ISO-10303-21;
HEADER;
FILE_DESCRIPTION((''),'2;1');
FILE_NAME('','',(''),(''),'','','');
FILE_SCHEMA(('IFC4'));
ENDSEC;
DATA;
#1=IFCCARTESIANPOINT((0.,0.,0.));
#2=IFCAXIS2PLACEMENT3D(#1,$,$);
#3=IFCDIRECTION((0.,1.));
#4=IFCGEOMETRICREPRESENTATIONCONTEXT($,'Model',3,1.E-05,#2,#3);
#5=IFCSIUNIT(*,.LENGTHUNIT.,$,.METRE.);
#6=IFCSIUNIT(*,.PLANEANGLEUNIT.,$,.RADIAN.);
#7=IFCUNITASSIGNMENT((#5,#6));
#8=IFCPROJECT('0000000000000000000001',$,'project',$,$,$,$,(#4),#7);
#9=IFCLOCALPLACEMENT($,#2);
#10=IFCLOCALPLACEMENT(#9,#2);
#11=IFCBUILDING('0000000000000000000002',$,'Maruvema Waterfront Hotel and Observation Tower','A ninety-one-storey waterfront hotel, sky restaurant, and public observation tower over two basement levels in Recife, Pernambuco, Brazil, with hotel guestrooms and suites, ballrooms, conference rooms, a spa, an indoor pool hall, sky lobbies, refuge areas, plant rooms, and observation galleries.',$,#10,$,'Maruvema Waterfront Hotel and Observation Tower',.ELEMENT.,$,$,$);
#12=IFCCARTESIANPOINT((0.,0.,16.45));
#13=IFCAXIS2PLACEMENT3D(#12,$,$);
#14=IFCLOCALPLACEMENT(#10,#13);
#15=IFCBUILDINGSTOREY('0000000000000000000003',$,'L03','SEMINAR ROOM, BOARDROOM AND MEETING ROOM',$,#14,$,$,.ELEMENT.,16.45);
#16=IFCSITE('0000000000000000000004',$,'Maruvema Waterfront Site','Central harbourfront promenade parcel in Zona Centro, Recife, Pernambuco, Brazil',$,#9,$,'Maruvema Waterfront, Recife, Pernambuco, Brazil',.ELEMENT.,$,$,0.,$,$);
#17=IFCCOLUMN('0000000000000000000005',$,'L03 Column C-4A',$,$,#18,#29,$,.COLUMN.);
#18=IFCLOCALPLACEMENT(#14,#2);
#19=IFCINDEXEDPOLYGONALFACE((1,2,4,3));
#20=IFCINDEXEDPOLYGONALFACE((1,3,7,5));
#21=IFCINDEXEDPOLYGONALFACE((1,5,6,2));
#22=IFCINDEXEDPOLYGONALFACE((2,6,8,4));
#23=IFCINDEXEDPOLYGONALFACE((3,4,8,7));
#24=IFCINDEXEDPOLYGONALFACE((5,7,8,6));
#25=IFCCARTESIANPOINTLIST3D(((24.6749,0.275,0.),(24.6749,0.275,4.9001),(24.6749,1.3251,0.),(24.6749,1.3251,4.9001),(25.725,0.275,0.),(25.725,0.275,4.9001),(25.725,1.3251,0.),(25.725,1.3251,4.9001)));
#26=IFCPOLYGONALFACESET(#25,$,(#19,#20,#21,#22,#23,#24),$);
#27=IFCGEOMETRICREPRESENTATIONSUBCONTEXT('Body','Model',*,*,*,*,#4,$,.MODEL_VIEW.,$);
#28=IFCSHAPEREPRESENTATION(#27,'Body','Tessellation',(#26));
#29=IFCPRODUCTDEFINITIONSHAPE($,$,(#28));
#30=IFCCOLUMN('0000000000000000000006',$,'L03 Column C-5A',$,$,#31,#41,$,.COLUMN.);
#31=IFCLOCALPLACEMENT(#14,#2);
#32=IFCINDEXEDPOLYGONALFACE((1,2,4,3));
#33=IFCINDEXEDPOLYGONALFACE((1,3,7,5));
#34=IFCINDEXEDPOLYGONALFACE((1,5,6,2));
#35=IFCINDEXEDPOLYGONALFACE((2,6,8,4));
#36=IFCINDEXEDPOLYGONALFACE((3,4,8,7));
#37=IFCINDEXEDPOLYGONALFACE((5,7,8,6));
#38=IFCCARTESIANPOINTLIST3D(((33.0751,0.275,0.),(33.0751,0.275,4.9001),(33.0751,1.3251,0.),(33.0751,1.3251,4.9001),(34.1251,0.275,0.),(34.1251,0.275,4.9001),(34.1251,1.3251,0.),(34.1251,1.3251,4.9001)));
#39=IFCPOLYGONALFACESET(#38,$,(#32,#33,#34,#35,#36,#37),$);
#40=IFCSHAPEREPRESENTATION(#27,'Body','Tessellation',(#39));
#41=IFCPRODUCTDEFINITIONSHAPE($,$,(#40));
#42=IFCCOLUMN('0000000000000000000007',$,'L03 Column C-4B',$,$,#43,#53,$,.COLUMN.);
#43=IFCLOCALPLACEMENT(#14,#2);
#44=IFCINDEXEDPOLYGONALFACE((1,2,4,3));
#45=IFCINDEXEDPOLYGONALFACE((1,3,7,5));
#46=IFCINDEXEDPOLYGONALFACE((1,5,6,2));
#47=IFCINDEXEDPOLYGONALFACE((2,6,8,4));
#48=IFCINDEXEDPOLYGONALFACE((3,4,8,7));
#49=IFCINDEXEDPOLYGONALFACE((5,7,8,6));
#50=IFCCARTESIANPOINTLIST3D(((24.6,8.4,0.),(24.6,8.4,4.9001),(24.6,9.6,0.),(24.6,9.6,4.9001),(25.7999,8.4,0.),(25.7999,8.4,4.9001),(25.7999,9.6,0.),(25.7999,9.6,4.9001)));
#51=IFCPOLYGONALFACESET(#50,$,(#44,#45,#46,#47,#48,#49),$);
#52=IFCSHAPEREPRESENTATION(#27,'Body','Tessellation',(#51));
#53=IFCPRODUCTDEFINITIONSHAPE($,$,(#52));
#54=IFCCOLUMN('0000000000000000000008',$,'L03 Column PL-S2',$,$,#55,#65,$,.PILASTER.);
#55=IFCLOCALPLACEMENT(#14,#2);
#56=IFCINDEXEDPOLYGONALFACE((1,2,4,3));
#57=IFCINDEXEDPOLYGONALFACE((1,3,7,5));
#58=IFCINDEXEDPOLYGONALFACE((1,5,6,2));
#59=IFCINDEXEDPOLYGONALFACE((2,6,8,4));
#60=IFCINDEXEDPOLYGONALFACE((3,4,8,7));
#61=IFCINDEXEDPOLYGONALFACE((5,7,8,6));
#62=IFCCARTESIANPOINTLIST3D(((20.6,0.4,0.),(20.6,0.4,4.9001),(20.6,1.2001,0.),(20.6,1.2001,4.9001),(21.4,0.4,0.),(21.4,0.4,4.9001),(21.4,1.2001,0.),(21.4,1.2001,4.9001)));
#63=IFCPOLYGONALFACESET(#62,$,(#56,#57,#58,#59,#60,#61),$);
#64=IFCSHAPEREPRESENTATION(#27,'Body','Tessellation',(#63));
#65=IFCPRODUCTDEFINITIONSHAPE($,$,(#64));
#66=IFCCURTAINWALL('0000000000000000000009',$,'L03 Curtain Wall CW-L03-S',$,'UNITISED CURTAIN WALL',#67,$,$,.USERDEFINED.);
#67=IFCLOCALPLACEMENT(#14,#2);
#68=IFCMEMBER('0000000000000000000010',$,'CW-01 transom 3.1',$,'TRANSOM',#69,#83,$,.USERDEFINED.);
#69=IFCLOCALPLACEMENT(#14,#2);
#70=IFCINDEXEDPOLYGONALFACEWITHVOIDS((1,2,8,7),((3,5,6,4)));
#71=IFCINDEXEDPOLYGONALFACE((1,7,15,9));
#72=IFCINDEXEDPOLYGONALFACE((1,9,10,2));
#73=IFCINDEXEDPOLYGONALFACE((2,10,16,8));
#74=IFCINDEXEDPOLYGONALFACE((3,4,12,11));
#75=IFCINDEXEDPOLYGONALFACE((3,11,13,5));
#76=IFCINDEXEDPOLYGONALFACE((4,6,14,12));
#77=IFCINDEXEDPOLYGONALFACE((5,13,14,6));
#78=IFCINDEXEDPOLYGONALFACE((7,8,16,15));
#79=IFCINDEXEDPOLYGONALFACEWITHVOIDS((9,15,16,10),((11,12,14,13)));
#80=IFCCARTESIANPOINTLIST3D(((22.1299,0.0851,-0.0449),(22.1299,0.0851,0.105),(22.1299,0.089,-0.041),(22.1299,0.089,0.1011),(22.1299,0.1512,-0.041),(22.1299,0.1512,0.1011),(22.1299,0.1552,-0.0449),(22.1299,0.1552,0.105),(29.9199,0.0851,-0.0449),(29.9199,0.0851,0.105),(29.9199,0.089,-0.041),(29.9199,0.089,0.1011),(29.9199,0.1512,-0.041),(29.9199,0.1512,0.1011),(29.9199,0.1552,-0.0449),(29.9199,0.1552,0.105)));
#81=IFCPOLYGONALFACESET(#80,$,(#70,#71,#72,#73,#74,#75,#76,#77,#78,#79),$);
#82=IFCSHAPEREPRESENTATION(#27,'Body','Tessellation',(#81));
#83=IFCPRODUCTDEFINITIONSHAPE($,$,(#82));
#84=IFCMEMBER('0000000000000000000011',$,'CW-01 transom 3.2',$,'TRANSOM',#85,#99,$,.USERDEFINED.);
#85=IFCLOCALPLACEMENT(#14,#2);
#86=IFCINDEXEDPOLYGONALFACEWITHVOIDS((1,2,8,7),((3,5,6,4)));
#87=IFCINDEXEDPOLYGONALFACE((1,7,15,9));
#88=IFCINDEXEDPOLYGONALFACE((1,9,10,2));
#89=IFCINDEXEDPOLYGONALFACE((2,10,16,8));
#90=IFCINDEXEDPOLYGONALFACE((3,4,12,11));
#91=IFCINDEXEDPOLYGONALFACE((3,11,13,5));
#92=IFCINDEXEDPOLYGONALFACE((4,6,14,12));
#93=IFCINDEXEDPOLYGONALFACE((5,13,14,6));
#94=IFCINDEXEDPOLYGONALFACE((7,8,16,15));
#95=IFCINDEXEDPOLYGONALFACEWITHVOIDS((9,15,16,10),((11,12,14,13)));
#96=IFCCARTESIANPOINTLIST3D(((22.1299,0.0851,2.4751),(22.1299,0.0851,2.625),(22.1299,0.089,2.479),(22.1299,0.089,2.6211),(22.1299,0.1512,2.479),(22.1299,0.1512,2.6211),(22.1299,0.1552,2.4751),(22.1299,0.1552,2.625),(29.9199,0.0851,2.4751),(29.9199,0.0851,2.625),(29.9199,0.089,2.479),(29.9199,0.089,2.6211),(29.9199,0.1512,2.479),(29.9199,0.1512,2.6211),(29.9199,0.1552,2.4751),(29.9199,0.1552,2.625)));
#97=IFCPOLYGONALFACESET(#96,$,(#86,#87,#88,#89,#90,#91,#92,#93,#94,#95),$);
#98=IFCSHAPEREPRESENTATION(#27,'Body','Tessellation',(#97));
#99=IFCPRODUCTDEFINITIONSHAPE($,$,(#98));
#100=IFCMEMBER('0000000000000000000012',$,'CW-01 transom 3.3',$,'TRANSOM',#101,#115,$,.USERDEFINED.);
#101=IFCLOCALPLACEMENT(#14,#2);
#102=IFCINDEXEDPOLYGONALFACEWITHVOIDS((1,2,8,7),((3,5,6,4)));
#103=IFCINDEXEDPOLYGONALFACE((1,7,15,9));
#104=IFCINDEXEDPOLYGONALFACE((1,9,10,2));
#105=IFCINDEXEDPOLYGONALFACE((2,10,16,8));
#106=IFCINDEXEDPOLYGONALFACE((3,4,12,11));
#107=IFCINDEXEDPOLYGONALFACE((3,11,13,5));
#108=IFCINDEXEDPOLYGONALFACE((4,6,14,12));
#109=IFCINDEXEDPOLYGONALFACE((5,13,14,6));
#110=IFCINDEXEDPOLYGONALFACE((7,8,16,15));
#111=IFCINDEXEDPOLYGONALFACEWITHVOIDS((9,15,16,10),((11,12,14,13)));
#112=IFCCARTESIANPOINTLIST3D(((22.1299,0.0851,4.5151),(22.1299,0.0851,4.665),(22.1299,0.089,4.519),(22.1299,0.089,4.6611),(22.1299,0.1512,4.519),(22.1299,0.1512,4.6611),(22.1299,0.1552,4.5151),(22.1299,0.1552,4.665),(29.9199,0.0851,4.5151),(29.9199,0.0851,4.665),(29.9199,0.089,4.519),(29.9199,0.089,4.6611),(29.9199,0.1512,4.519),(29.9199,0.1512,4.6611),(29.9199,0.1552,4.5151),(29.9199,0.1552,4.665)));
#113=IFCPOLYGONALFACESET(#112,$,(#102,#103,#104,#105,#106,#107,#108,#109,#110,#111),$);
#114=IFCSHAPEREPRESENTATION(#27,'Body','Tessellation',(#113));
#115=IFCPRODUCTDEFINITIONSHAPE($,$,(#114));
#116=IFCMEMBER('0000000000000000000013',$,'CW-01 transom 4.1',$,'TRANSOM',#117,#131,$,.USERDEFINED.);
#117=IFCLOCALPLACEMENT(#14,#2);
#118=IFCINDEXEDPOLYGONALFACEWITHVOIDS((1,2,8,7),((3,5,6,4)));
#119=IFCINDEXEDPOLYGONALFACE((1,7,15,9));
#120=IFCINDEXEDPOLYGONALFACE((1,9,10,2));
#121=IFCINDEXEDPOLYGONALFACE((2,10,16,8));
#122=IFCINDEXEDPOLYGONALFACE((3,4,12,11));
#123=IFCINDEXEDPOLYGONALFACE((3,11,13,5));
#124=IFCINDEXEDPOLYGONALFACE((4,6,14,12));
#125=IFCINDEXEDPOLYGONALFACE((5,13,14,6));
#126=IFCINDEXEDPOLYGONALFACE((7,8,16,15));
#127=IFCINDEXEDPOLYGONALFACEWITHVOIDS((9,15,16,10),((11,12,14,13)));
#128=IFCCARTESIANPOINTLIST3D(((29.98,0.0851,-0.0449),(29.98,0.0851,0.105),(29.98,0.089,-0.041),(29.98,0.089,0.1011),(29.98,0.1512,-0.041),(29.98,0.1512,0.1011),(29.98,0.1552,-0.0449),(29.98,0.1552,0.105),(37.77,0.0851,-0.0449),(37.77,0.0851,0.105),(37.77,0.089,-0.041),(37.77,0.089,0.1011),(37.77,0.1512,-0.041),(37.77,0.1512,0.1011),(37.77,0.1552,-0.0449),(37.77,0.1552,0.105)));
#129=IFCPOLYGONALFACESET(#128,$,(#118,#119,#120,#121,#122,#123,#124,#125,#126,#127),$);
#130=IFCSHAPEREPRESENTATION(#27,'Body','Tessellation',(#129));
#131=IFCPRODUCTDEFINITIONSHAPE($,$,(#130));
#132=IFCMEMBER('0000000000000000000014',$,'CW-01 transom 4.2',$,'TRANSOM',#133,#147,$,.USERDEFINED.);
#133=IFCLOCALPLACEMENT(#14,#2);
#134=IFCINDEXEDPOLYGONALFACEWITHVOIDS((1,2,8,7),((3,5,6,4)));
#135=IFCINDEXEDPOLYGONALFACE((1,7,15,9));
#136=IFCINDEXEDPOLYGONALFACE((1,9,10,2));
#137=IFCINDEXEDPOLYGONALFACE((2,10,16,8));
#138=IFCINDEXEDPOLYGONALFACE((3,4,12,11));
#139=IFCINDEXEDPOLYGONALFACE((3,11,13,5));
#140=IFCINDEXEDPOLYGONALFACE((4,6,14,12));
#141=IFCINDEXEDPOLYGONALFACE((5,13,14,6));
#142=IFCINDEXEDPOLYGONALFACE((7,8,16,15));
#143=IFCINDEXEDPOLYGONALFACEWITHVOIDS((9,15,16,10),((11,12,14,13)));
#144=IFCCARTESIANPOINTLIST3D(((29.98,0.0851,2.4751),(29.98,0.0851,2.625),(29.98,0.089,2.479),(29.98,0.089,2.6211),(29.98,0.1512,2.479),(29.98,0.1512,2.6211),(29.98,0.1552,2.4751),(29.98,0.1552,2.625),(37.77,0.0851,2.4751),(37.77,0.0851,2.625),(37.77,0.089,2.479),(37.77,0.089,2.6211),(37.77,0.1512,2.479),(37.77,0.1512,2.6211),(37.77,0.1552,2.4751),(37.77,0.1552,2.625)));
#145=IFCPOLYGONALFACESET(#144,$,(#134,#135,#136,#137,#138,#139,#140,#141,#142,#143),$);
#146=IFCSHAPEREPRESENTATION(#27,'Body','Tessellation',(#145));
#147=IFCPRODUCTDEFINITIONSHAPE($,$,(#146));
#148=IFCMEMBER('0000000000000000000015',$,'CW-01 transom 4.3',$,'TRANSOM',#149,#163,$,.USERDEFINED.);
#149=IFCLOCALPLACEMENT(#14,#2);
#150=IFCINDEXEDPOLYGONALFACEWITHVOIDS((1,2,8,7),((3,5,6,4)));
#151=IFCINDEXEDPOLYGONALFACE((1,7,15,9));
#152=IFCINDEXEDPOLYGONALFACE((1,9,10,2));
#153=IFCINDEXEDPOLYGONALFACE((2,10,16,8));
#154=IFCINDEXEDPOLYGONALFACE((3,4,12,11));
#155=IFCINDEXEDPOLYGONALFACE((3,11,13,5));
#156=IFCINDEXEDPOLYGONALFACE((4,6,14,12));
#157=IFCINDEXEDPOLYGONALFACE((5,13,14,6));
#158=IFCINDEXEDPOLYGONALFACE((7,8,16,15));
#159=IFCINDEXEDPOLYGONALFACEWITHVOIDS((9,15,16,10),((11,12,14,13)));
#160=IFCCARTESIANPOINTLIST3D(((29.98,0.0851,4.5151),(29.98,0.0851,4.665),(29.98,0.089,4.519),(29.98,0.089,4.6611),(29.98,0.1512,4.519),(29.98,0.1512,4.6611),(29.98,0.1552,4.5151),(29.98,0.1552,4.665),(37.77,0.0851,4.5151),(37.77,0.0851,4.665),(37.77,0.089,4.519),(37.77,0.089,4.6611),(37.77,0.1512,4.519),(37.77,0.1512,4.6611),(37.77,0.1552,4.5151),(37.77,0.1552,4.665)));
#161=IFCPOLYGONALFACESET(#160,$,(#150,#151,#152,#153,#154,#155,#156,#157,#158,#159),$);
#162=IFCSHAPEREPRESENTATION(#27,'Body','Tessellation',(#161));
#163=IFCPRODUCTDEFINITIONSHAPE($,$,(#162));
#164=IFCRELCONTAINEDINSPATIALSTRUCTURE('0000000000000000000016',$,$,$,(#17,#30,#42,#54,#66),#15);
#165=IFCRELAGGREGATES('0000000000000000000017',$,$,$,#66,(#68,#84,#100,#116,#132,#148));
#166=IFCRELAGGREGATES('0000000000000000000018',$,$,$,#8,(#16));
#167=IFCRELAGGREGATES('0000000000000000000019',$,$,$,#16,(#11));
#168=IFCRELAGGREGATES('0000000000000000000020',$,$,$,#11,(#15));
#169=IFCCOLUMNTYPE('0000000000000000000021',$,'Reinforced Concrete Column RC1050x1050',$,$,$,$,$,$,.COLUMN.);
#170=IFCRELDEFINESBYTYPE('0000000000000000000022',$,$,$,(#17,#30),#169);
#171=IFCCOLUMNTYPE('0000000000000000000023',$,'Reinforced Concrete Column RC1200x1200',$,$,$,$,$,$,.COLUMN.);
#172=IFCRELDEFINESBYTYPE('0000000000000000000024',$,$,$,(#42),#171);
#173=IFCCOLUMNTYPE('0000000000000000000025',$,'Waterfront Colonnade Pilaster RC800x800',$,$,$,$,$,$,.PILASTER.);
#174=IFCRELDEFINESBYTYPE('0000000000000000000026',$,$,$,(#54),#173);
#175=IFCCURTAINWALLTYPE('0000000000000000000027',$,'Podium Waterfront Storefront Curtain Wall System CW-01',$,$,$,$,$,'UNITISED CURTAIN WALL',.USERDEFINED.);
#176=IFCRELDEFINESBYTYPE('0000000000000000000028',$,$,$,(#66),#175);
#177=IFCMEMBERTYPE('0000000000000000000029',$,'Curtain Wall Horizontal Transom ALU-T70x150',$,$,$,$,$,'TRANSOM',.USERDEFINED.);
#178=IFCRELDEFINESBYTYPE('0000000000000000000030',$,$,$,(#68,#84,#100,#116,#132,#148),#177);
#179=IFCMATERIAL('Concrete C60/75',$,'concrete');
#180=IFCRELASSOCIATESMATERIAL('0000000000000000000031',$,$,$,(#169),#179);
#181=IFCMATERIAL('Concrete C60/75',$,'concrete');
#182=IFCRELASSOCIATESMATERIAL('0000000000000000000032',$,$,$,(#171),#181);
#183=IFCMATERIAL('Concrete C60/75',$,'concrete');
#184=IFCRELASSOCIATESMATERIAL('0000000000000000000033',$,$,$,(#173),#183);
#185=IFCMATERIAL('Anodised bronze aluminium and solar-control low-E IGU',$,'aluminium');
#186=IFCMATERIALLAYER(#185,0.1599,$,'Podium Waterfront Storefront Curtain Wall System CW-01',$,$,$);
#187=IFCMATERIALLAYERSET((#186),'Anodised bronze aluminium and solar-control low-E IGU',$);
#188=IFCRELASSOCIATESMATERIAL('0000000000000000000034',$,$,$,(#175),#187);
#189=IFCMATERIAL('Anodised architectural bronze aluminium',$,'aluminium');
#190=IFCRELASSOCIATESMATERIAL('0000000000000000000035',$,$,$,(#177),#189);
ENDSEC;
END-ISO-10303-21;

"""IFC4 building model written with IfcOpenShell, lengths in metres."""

from ifc_helpers import new_model, si_unit, direction, frame, origin, origin_2d, place, context, subcontext, project, spatial, rectangle, hollow_rectangle, extrude, material, layer, layer_set, material_profile, profile_set, type_object, element, aggregate, save


model = new_model("IFC4")

# Units and contexts
model_context = context("Model", 3, precision=1e-05, world=origin(), true_north=direction((0.0, 1.0)))
body_context = subcontext(model_context, "Body", "Model", "MODEL_VIEW")
ifc_project = project(units=[si_unit("LENGTHUNIT", "METRE"), si_unit("PLANEANGLEUNIT", "RADIAN")], contexts=[model_context])

# Site, building, storey
site_placement = place(None, origin())
site = spatial("IfcSite", under=ifc_project, at=site_placement, Name="Maruvema Waterfront Site", Description="Central harbourfront promenade parcel in Zona Centro, Recife, Pernambuco, Brazil", LongName="Maruvema Waterfront, Recife, Pernambuco, Brazil", CompositionType="ELEMENT", RefElevation=0.0)
building_placement = place(site_placement, origin())
building = spatial("IfcBuilding", under=site, at=building_placement, Name="Maruvema Waterfront Hotel and Observation Tower", Description="A ninety-one-storey waterfront hotel, sky restaurant, and public observation tower over two basement levels in Recife, Pernambuco, Brazil, with hotel guestrooms and suites, ballrooms, conference rooms, a spa, an indoor pool hall, sky lobbies, refuge areas, plant rooms, and observation galleries.", LongName="Maruvema Waterfront Hotel and Observation Tower", CompositionType="ELEMENT")
storey_placement = place(building_placement, frame((0.0, 0.0, 16.45)))
storey = spatial("IfcBuildingStorey", under=building, at=storey_placement, Name="L03", Description="SEMINAR ROOM, BOARDROOM AND MEETING ROOM", CompositionType="ELEMENT", Elevation=16.45)

# Columns
ifc_material_1 = material(Name="Concrete C60/75", Category="concrete")
ifc_material_profile_1 = material_profile(ifc_material_1, rectangle(XDim=1.05, YDim=1.05, at=origin_2d()), Name="RC1050x1050")
ifc_profile_set_1 = profile_set([ifc_material_profile_1], Name="Concrete C60/75")
column_type_1 = type_object("IfcColumnType", Name="Reinforced Concrete Column RC1050x1050", PredefinedType="COLUMN", material=ifc_profile_set_1)
for number, where, z_axis, x_axis, name in (
    (1, (25.2, 0.8, 0.0), (0.0, 0.0, 1.0), (1.0, 0.0, 0.0), "L03 Column C-4A"),
    (2, (33.6001, 0.8, 0.0), (0.0, 0.0, 1.0), (1.0, 0.0, 0.0), "L03 Column C-5A"),
):
    element("IfcColumn", number, at=place(storey_placement, frame(where, z_axis=z_axis, x_axis=x_axis)), inside=storey, type_object=column_type_1, Name=name, PredefinedType="COLUMN", context=body_context, shape_type="SweptSolid", body=[
        extrude(rectangle(XDim=1.05, YDim=1.05, at=origin_2d()), origin(), (0.0, 0.0, 1.0), 4.9001),
    ])
ifc_material_2 = material(Name="Concrete C60/75", Category="concrete")
ifc_material_profile_2 = material_profile(ifc_material_2, rectangle(XDim=1.2, YDim=1.2, at=origin_2d()), Name="RC1200x1200")
ifc_profile_set_2 = profile_set([ifc_material_profile_2], Name="Concrete C60/75")
column_type_2 = type_object("IfcColumnType", Name="Reinforced Concrete Column RC1200x1200", PredefinedType="COLUMN", material=ifc_profile_set_2)
column_1_placement = place(storey_placement, frame((25.2, 9.0, 0.0), z_axis=(0.0, 0.0, 1.0), x_axis=(1.0, 0.0, 0.0)))
element("IfcColumn", 3, at=column_1_placement, inside=storey, type_object=column_type_2, Name="L03 Column C-4B", PredefinedType="COLUMN", context=body_context, shape_type="SweptSolid", body=[
    extrude(rectangle(XDim=1.2, YDim=1.2, at=origin_2d()), origin(), (0.0, 0.0, 1.0), 4.9001),
])
ifc_material_3 = material(Name="Concrete C60/75", Category="concrete")
ifc_material_profile_3 = material_profile(ifc_material_3, rectangle(XDim=0.8, YDim=0.8, at=origin_2d()), Name="RC800x800")
ifc_profile_set_3 = profile_set([ifc_material_profile_3], Name="Concrete C60/75")
column_type_3 = type_object("IfcColumnType", Name="Waterfront Colonnade Pilaster RC800x800", PredefinedType="PILASTER", material=ifc_profile_set_3)
column_2_placement = place(storey_placement, frame((21.0, 0.8, 0.0), z_axis=(0.0, 0.0, 1.0), x_axis=(1.0, 0.0, 0.0)))
element("IfcColumn", 4, at=column_2_placement, inside=storey, type_object=column_type_3, Name="L03 Column PL-S2", PredefinedType="PILASTER", context=body_context, shape_type="SweptSolid", body=[
    extrude(rectangle(XDim=0.8, YDim=0.8, at=origin_2d()), origin(), (0.0, 0.0, 1.0), 4.9001),
])

# Curtain wall, members
ifc_material_4 = material(Name="Anodised bronze aluminium and solar-control low-E IGU", Category="aluminium")
ifc_layer_1 = layer(ifc_material_4, 0.1599, Name="Podium Waterfront Storefront Curtain Wall System CW-01")
ifc_layer_set_1 = layer_set([ifc_layer_1], Name="Anodised bronze aluminium and solar-control low-E IGU")
curtain_wall_type = type_object("IfcCurtainWallType", Name="Podium Waterfront Storefront Curtain Wall System CW-01", ElementType="UNITISED CURTAIN WALL", PredefinedType="USERDEFINED", material=ifc_layer_set_1)
curtain_wall_placement = place(storey_placement, origin())
curtain_wall = element("IfcCurtainWall", 5, at=curtain_wall_placement, inside=storey, type_object=curtain_wall_type, Name="L03 Curtain Wall CW-L03-S", ObjectType="UNITISED CURTAIN WALL", PredefinedType="USERDEFINED")
ifc_material_5 = material(Name="Anodised architectural bronze aluminium", Category="aluminium")
ifc_material_profile_4 = material_profile(ifc_material_5, hollow_rectangle(XDim=0.0701, YDim=0.1499, WallThickness=0.0039, at=origin_2d()), Name="ALU-T70x150")
ifc_profile_set_4 = profile_set([ifc_material_profile_4], Name="Anodised architectural bronze aluminium")
member_type_1 = type_object("IfcMemberType", Name="Curtain Wall Horizontal Transom ALU-T70x150", ElementType="TRANSOM", PredefinedType="USERDEFINED", material=ifc_profile_set_4)
member_1_placement = place(storey_placement, frame((22.1299, 0.1201, 0.03), z_axis=(1.0, 0.0, 0.0), x_axis=(0.0, 1.0, 0.0)))
member_1 = element("IfcMember", 6, at=member_1_placement, type_object=member_type_1, Name="CW-01 transom 3.1", ObjectType="TRANSOM", PredefinedType="USERDEFINED", context=body_context, shape_type="SweptSolid", body=[
    extrude(hollow_rectangle(XDim=0.0701, YDim=0.1499, WallThickness=0.0039, at=origin_2d()), origin(), (0.0, 0.0, 1.0), 7.79),
])
member_2_placement = place(storey_placement, frame((22.1299, 0.1201, 2.55), z_axis=(1.0, 0.0, 0.0), x_axis=(0.0, 1.0, 0.0)))
member_2 = element("IfcMember", 7, at=member_2_placement, type_object=member_type_1, Name="CW-01 transom 3.2", ObjectType="TRANSOM", PredefinedType="USERDEFINED", context=body_context, shape_type="SweptSolid", body=[
    extrude(hollow_rectangle(XDim=0.0701, YDim=0.1499, WallThickness=0.0039, at=origin_2d()), origin(), (0.0, 0.0, 1.0), 7.79),
])
member_3_placement = place(storey_placement, frame((22.1299, 0.1201, 4.5901), z_axis=(1.0, 0.0, 0.0), x_axis=(0.0, 1.0, 0.0)))
member_3 = element("IfcMember", 8, at=member_3_placement, type_object=member_type_1, Name="CW-01 transom 3.3", ObjectType="TRANSOM", PredefinedType="USERDEFINED", context=body_context, shape_type="SweptSolid", body=[
    extrude(hollow_rectangle(XDim=0.0701, YDim=0.1499, WallThickness=0.0039, at=origin_2d()), origin(), (0.0, 0.0, 1.0), 7.79),
])
member_4_placement = place(storey_placement, frame((29.98, 0.1201, 0.03), z_axis=(1.0, 0.0, 0.0), x_axis=(0.0, 1.0, 0.0)))
member_4 = element("IfcMember", 9, at=member_4_placement, type_object=member_type_1, Name="CW-01 transom 4.1", ObjectType="TRANSOM", PredefinedType="USERDEFINED", context=body_context, shape_type="SweptSolid", body=[
    extrude(hollow_rectangle(XDim=0.0701, YDim=0.1499, WallThickness=0.0039, at=origin_2d()), origin(), (0.0, 0.0, 1.0), 7.79),
])
member_5_placement = place(storey_placement, frame((29.98, 0.1201, 2.55), z_axis=(1.0, 0.0, 0.0), x_axis=(0.0, 1.0, 0.0)))
member_5 = element("IfcMember", 10, at=member_5_placement, type_object=member_type_1, Name="CW-01 transom 4.2", ObjectType="TRANSOM", PredefinedType="USERDEFINED", context=body_context, shape_type="SweptSolid", body=[
    extrude(hollow_rectangle(XDim=0.0701, YDim=0.1499, WallThickness=0.0039, at=origin_2d()), origin(), (0.0, 0.0, 1.0), 7.79),
])
member_6_placement = place(storey_placement, frame((29.98, 0.1201, 4.5901), z_axis=(1.0, 0.0, 0.0), x_axis=(0.0, 1.0, 0.0)))
member_6 = element("IfcMember", 11, at=member_6_placement, type_object=member_type_1, Name="CW-01 transom 4.3", ObjectType="TRANSOM", PredefinedType="USERDEFINED", context=body_context, shape_type="SweptSolid", body=[
    extrude(hollow_rectangle(XDim=0.0701, YDim=0.1499, WallThickness=0.0039, at=origin_2d()), origin(), (0.0, 0.0, 1.0), 7.79),
])

aggregate(curtain_wall, [member_1, member_2, member_3, member_4, member_5, member_6])

save(model, "model.ifc")
